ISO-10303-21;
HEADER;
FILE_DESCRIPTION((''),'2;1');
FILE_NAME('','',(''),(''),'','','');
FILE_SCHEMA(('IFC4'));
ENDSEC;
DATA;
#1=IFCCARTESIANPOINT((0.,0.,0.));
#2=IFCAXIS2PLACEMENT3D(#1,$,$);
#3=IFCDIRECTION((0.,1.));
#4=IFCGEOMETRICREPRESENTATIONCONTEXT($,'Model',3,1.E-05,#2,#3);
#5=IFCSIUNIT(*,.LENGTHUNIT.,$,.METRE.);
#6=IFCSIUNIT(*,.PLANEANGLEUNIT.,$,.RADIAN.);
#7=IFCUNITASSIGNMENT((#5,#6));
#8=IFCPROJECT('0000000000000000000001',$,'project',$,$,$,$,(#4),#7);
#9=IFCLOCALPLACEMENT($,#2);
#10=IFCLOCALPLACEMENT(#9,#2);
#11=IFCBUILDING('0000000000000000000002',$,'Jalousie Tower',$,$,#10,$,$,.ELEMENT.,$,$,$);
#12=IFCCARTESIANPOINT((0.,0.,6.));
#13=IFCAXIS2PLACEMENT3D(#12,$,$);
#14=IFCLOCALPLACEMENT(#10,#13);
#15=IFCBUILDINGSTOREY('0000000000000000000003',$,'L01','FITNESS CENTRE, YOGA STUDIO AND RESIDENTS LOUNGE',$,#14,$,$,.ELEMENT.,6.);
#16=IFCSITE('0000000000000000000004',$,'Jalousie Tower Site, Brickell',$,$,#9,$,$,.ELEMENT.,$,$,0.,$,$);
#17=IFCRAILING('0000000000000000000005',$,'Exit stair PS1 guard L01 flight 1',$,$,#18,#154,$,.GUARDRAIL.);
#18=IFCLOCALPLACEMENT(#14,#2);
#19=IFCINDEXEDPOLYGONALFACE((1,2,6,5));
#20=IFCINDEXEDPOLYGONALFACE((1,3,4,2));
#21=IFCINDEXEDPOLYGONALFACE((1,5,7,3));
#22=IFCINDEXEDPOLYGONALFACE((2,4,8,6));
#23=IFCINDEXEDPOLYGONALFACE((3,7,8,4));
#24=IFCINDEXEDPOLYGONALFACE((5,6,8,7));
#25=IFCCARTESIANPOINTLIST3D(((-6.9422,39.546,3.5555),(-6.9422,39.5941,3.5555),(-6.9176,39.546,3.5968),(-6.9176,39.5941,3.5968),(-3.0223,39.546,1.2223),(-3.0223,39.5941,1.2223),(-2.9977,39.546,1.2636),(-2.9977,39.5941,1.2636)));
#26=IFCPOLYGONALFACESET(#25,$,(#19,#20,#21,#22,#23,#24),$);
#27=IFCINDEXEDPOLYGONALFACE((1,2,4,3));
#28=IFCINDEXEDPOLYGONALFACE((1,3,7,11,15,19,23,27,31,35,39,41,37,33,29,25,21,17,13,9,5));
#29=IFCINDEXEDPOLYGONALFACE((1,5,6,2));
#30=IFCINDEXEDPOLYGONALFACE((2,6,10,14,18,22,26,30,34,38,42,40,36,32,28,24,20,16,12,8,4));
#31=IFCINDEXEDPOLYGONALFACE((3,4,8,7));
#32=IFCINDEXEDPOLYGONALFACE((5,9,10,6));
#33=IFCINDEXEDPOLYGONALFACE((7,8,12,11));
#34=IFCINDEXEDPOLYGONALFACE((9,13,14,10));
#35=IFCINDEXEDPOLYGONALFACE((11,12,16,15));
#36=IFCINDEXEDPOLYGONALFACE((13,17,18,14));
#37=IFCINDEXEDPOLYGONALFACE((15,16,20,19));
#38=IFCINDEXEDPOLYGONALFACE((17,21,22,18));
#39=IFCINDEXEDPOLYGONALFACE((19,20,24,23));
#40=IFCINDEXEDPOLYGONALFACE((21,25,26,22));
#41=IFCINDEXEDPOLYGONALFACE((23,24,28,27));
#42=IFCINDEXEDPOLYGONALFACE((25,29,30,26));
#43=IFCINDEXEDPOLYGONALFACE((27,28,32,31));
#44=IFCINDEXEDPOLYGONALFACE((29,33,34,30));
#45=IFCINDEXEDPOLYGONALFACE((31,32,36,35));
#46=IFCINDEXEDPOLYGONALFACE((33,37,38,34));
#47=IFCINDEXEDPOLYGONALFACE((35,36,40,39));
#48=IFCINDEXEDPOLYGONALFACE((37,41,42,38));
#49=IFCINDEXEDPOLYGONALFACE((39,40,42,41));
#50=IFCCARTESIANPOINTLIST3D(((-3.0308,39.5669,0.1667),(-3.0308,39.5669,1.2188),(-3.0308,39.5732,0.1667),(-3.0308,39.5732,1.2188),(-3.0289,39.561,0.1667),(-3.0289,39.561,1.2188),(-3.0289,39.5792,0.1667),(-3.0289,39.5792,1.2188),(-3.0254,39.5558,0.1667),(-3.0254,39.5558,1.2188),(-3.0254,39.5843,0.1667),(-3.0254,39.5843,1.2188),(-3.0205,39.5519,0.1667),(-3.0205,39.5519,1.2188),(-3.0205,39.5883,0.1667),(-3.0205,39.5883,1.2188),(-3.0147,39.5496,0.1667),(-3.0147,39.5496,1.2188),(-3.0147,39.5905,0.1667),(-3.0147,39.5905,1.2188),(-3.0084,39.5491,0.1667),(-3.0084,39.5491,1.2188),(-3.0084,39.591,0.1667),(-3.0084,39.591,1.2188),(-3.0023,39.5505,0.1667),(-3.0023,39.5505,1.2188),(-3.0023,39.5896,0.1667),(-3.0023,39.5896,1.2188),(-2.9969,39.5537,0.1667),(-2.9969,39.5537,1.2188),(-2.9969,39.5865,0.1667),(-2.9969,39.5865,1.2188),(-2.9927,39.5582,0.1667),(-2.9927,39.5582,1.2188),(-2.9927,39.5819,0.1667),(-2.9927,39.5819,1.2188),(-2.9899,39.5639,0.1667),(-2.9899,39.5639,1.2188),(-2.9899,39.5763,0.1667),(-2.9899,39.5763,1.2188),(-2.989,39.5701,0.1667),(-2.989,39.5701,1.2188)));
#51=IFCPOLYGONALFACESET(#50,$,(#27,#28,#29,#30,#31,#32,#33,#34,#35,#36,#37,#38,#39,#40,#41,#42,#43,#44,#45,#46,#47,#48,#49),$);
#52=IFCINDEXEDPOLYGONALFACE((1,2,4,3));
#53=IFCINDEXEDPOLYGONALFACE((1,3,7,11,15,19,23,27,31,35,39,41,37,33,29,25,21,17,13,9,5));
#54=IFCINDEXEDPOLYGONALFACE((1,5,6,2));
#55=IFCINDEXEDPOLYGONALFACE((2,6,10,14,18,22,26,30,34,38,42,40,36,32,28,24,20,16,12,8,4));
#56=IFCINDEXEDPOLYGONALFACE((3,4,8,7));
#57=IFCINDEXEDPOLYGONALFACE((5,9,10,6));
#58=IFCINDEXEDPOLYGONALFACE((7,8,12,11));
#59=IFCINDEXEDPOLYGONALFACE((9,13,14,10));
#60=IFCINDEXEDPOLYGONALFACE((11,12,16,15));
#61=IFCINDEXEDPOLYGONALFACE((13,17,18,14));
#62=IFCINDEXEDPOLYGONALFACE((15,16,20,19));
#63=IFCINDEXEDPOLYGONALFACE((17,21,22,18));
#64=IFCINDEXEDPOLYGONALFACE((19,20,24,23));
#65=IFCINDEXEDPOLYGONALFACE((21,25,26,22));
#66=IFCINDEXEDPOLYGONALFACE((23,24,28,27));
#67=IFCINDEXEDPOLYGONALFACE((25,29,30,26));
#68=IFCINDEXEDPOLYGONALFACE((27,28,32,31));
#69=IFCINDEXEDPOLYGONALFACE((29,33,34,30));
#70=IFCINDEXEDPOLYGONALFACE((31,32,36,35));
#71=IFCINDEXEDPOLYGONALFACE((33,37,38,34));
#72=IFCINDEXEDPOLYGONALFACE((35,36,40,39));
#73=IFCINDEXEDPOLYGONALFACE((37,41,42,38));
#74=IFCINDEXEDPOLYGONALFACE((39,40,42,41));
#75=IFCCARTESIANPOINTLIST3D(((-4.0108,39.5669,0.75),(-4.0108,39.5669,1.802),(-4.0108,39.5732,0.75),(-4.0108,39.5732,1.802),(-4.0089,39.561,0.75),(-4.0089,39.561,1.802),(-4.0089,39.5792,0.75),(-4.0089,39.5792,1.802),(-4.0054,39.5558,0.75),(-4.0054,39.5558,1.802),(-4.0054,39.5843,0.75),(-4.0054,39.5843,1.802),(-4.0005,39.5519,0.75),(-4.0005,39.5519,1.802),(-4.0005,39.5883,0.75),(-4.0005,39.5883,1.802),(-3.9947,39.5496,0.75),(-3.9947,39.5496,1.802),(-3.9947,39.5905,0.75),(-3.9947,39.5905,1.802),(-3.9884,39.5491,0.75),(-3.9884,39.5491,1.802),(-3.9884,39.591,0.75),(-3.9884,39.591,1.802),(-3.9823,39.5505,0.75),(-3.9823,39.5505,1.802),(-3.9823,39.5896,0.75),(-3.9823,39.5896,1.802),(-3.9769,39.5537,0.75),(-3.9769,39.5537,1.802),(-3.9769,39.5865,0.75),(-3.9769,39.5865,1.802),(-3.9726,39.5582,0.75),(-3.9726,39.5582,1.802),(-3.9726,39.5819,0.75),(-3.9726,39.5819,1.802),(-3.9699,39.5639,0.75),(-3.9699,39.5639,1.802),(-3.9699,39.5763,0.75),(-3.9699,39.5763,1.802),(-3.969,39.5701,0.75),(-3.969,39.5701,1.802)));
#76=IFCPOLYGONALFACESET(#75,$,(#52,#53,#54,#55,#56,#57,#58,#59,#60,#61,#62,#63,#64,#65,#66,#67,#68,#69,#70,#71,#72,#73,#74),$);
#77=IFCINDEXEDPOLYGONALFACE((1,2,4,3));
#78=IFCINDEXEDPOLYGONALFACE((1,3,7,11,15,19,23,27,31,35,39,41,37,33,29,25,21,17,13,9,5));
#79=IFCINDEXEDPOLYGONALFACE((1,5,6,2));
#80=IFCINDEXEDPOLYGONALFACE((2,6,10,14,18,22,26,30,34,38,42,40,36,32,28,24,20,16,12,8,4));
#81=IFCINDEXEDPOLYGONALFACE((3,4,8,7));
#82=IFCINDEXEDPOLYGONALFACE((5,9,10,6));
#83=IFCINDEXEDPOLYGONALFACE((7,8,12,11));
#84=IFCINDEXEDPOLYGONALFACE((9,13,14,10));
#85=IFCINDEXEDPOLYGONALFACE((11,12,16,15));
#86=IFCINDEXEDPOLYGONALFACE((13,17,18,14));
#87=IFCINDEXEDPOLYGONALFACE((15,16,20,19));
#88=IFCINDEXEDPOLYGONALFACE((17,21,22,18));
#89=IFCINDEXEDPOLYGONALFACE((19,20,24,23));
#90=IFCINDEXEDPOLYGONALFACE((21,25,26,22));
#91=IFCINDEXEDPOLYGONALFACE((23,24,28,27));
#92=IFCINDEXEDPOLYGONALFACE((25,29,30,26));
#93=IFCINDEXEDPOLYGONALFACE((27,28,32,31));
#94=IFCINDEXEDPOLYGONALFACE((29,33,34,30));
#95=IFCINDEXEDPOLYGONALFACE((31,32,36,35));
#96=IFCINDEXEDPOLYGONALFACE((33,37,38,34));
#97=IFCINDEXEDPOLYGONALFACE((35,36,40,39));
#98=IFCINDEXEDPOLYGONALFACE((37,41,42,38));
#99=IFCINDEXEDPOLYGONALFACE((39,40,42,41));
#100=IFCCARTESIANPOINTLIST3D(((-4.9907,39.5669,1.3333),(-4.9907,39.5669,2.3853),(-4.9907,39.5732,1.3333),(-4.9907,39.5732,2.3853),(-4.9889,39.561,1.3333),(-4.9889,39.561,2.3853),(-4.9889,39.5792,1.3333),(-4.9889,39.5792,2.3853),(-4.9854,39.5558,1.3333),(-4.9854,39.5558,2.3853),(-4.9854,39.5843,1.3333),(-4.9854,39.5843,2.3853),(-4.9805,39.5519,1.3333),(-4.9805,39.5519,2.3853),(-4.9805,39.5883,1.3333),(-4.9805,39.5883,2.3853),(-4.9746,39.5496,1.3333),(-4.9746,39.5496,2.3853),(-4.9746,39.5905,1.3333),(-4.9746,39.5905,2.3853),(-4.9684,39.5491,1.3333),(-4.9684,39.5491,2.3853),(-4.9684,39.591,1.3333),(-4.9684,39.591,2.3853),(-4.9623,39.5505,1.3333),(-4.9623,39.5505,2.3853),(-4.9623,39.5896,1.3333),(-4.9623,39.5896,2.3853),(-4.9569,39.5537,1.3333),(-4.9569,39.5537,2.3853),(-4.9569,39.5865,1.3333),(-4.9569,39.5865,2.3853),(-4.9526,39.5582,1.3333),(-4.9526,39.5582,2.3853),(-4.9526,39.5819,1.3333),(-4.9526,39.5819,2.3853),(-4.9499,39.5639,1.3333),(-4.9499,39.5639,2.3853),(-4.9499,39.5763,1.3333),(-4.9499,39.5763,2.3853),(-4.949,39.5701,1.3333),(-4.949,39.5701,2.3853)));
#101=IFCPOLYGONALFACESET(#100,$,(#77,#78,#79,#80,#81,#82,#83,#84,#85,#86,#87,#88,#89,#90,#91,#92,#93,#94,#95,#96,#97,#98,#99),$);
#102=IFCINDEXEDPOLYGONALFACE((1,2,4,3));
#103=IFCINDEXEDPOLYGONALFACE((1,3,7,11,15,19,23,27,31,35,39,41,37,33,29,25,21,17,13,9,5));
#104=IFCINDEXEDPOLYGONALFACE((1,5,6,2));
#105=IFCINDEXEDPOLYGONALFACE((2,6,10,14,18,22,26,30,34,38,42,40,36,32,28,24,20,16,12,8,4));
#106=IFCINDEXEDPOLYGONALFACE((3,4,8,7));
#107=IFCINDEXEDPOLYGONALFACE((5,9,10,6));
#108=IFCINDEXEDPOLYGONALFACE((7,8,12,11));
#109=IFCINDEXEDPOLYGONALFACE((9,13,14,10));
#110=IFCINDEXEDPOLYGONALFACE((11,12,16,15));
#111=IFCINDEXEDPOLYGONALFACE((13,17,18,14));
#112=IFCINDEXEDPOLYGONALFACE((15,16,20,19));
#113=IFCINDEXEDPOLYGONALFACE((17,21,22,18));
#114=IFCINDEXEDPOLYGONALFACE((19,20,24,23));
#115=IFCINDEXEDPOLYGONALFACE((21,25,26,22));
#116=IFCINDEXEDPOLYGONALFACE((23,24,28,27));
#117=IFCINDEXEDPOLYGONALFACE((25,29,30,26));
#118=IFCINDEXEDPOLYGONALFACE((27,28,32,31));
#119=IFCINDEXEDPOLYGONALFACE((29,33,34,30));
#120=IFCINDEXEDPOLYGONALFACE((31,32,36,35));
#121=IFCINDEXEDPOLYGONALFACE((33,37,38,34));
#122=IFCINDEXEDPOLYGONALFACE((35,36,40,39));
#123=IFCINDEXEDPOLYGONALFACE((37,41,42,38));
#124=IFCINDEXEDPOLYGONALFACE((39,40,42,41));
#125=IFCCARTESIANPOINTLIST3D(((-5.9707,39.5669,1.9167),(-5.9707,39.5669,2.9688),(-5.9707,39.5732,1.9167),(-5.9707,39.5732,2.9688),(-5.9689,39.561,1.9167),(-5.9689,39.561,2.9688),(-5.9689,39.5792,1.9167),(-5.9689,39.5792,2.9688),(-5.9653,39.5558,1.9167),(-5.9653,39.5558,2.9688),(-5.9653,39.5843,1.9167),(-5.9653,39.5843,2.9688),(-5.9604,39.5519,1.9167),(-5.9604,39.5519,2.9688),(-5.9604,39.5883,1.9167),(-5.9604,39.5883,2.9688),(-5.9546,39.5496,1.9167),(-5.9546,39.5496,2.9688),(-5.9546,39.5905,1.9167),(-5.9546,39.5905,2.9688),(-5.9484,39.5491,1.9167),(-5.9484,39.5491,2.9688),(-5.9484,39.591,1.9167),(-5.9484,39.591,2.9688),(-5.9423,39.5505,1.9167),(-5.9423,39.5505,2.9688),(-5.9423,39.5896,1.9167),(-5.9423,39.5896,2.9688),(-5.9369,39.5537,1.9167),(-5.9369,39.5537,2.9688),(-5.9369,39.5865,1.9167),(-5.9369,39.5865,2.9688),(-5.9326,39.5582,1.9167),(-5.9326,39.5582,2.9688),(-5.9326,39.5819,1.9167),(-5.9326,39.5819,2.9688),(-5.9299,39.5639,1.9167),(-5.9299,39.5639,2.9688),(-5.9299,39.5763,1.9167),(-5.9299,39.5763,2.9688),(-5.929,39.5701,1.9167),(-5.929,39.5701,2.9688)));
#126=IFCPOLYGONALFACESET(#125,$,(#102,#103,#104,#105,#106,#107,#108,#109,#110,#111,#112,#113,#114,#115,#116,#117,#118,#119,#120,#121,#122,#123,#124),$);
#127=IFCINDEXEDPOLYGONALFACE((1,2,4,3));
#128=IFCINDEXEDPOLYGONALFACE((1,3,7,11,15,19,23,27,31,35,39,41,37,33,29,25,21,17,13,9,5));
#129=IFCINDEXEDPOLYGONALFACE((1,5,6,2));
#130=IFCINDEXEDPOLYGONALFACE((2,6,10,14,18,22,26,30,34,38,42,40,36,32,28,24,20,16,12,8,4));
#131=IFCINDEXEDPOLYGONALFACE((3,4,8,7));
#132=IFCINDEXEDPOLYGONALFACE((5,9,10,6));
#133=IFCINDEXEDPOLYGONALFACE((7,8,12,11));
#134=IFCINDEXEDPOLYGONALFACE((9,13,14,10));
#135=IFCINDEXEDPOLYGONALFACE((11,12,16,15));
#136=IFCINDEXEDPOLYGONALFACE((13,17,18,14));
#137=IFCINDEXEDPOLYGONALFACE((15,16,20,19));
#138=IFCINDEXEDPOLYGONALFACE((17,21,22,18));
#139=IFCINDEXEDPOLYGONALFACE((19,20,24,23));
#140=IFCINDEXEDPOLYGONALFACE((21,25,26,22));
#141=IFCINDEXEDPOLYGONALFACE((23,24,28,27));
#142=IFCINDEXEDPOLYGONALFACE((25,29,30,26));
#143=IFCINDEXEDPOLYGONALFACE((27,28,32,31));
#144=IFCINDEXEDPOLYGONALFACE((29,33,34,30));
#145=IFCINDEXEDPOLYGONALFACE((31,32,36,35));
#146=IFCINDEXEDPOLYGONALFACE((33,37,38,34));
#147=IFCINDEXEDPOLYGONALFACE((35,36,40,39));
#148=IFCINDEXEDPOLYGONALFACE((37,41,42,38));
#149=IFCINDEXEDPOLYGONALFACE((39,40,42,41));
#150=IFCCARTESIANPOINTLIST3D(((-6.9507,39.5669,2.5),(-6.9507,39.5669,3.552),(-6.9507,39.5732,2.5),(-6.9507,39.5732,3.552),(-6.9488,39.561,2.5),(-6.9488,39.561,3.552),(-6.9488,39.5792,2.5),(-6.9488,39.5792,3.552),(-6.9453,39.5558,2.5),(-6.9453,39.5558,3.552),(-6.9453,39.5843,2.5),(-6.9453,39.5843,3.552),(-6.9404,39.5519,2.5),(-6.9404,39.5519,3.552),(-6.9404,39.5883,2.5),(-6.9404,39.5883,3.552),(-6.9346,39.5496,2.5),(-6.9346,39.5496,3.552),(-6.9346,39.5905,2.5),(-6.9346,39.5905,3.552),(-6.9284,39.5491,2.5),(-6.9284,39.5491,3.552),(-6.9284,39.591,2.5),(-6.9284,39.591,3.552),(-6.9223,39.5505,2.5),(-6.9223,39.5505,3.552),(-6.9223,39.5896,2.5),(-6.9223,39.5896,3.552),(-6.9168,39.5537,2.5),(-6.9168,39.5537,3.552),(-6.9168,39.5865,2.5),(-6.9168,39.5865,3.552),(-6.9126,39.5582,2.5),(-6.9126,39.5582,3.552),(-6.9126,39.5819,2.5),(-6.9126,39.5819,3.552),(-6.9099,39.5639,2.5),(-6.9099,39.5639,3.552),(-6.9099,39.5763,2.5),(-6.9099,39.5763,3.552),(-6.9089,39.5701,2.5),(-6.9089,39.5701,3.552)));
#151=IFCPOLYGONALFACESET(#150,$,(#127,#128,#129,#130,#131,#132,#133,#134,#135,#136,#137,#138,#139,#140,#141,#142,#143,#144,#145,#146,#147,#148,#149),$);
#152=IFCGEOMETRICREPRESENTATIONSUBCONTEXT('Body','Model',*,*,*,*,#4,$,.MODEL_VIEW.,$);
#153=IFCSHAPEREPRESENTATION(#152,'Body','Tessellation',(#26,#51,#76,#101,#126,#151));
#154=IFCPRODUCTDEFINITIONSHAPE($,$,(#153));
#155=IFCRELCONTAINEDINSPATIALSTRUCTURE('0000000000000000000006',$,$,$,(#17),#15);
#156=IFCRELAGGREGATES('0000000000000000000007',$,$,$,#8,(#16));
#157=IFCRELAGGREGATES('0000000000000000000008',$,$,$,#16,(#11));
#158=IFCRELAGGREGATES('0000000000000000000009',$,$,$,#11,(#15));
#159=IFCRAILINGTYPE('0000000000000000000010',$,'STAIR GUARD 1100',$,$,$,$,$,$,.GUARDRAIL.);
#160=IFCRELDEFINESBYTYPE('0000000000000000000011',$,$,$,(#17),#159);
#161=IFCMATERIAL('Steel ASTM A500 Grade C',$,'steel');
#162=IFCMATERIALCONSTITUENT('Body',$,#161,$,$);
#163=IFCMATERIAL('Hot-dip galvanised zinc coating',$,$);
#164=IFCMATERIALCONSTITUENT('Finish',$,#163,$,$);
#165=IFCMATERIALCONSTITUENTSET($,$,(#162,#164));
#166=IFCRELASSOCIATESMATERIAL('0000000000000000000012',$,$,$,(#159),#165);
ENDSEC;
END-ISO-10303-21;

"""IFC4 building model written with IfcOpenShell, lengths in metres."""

from ifc_helpers import new_model, si_unit, direction, frame, origin, origin_2d, place, context, subcontext, project, spatial, rectangle, circle, extrude, material, constituent, constituent_set, type_object, element, save


model = new_model("IFC4")

# Units and contexts
model_context = context("Model", 3, precision=1e-05, world=origin(), true_north=direction((0.0, 1.0)))
body_context = subcontext(model_context, "Body", "Model", "MODEL_VIEW")
ifc_project = project(units=[si_unit("LENGTHUNIT", "METRE"), si_unit("PLANEANGLEUNIT", "RADIAN")], contexts=[model_context])

# Site, building, storey
site_placement = place(None, origin())
site = spatial("IfcSite", under=ifc_project, at=site_placement, Name="Jalousie Tower Site, Brickell", CompositionType="ELEMENT", RefElevation=0.0)
building_placement = place(site_placement, origin())
building = spatial("IfcBuilding", under=site, at=building_placement, Name="Jalousie Tower", CompositionType="ELEMENT")
storey_placement = place(building_placement, frame((0.0, 0.0, 6.0)))
storey = spatial("IfcBuildingStorey", under=building, at=storey_placement, Name="L01", Description="FITNESS CENTRE, YOGA STUDIO AND RESIDENTS LOUNGE", CompositionType="ELEMENT", Elevation=6.0)

# Railing
ifc_material_1 = material(Name="Steel ASTM A500 Grade C", Category="steel")
ifc_constituent_1 = constituent(ifc_material_1, Name="Body")
ifc_material_2 = material(Name="Hot-dip galvanised zinc coating")
ifc_constituent_2 = constituent(ifc_material_2, Name="Finish")
ifc_constituent_set_1 = constituent_set(constituents=[ifc_constituent_1, ifc_constituent_2])
railing_type_1 = type_object("IfcRailingType", Name="STAIR GUARD 1100", PredefinedType="GUARDRAIL", material=ifc_constituent_set_1)
railing_1_placement = place(storey_placement, frame((-3.01, 39.5701, 0.1667)))
element("IfcRailing", 1, at=railing_1_placement, inside=storey, type_object=railing_type_1, Name="Exit stair PS1 guard L01 flight 1", PredefinedType="GUARDRAIL", context=body_context, shape_type="SweptSolid", body=[
    extrude(rectangle(XDim=0.0481, YDim=0.0481, at=origin_2d()), frame((0.0, 0.0, 1.0762), z_axis=(-0.859296, 0.0, 0.511478), x_axis=(0.0, -1.0, 0.0)), (0.0, 0.0, 1.0), 4.5618),
    extrude(circle(Radius=0.021, at=origin_2d()), origin(), (0.0, 0.0, 1.0), 1.052),
    extrude(circle(Radius=0.021, at=origin_2d()), frame((-0.98, 0.0, 0.5833)), (0.0, 0.0, 1.0), 1.052),
    extrude(circle(Radius=0.021, at=origin_2d()), frame((-1.96, 0.0, 1.1665)), (0.0, 0.0, 1.0), 1.052),
    extrude(circle(Radius=0.021, at=origin_2d()), frame((-2.9399, 0.0, 1.75)), (0.0, 0.0, 1.0), 1.052),
    extrude(circle(Radius=0.021, at=origin_2d()), frame((-3.9199, 0.0, 2.3333)), (0.0, 0.0, 1.0), 1.052),
])

save(model, "model.ifc")
